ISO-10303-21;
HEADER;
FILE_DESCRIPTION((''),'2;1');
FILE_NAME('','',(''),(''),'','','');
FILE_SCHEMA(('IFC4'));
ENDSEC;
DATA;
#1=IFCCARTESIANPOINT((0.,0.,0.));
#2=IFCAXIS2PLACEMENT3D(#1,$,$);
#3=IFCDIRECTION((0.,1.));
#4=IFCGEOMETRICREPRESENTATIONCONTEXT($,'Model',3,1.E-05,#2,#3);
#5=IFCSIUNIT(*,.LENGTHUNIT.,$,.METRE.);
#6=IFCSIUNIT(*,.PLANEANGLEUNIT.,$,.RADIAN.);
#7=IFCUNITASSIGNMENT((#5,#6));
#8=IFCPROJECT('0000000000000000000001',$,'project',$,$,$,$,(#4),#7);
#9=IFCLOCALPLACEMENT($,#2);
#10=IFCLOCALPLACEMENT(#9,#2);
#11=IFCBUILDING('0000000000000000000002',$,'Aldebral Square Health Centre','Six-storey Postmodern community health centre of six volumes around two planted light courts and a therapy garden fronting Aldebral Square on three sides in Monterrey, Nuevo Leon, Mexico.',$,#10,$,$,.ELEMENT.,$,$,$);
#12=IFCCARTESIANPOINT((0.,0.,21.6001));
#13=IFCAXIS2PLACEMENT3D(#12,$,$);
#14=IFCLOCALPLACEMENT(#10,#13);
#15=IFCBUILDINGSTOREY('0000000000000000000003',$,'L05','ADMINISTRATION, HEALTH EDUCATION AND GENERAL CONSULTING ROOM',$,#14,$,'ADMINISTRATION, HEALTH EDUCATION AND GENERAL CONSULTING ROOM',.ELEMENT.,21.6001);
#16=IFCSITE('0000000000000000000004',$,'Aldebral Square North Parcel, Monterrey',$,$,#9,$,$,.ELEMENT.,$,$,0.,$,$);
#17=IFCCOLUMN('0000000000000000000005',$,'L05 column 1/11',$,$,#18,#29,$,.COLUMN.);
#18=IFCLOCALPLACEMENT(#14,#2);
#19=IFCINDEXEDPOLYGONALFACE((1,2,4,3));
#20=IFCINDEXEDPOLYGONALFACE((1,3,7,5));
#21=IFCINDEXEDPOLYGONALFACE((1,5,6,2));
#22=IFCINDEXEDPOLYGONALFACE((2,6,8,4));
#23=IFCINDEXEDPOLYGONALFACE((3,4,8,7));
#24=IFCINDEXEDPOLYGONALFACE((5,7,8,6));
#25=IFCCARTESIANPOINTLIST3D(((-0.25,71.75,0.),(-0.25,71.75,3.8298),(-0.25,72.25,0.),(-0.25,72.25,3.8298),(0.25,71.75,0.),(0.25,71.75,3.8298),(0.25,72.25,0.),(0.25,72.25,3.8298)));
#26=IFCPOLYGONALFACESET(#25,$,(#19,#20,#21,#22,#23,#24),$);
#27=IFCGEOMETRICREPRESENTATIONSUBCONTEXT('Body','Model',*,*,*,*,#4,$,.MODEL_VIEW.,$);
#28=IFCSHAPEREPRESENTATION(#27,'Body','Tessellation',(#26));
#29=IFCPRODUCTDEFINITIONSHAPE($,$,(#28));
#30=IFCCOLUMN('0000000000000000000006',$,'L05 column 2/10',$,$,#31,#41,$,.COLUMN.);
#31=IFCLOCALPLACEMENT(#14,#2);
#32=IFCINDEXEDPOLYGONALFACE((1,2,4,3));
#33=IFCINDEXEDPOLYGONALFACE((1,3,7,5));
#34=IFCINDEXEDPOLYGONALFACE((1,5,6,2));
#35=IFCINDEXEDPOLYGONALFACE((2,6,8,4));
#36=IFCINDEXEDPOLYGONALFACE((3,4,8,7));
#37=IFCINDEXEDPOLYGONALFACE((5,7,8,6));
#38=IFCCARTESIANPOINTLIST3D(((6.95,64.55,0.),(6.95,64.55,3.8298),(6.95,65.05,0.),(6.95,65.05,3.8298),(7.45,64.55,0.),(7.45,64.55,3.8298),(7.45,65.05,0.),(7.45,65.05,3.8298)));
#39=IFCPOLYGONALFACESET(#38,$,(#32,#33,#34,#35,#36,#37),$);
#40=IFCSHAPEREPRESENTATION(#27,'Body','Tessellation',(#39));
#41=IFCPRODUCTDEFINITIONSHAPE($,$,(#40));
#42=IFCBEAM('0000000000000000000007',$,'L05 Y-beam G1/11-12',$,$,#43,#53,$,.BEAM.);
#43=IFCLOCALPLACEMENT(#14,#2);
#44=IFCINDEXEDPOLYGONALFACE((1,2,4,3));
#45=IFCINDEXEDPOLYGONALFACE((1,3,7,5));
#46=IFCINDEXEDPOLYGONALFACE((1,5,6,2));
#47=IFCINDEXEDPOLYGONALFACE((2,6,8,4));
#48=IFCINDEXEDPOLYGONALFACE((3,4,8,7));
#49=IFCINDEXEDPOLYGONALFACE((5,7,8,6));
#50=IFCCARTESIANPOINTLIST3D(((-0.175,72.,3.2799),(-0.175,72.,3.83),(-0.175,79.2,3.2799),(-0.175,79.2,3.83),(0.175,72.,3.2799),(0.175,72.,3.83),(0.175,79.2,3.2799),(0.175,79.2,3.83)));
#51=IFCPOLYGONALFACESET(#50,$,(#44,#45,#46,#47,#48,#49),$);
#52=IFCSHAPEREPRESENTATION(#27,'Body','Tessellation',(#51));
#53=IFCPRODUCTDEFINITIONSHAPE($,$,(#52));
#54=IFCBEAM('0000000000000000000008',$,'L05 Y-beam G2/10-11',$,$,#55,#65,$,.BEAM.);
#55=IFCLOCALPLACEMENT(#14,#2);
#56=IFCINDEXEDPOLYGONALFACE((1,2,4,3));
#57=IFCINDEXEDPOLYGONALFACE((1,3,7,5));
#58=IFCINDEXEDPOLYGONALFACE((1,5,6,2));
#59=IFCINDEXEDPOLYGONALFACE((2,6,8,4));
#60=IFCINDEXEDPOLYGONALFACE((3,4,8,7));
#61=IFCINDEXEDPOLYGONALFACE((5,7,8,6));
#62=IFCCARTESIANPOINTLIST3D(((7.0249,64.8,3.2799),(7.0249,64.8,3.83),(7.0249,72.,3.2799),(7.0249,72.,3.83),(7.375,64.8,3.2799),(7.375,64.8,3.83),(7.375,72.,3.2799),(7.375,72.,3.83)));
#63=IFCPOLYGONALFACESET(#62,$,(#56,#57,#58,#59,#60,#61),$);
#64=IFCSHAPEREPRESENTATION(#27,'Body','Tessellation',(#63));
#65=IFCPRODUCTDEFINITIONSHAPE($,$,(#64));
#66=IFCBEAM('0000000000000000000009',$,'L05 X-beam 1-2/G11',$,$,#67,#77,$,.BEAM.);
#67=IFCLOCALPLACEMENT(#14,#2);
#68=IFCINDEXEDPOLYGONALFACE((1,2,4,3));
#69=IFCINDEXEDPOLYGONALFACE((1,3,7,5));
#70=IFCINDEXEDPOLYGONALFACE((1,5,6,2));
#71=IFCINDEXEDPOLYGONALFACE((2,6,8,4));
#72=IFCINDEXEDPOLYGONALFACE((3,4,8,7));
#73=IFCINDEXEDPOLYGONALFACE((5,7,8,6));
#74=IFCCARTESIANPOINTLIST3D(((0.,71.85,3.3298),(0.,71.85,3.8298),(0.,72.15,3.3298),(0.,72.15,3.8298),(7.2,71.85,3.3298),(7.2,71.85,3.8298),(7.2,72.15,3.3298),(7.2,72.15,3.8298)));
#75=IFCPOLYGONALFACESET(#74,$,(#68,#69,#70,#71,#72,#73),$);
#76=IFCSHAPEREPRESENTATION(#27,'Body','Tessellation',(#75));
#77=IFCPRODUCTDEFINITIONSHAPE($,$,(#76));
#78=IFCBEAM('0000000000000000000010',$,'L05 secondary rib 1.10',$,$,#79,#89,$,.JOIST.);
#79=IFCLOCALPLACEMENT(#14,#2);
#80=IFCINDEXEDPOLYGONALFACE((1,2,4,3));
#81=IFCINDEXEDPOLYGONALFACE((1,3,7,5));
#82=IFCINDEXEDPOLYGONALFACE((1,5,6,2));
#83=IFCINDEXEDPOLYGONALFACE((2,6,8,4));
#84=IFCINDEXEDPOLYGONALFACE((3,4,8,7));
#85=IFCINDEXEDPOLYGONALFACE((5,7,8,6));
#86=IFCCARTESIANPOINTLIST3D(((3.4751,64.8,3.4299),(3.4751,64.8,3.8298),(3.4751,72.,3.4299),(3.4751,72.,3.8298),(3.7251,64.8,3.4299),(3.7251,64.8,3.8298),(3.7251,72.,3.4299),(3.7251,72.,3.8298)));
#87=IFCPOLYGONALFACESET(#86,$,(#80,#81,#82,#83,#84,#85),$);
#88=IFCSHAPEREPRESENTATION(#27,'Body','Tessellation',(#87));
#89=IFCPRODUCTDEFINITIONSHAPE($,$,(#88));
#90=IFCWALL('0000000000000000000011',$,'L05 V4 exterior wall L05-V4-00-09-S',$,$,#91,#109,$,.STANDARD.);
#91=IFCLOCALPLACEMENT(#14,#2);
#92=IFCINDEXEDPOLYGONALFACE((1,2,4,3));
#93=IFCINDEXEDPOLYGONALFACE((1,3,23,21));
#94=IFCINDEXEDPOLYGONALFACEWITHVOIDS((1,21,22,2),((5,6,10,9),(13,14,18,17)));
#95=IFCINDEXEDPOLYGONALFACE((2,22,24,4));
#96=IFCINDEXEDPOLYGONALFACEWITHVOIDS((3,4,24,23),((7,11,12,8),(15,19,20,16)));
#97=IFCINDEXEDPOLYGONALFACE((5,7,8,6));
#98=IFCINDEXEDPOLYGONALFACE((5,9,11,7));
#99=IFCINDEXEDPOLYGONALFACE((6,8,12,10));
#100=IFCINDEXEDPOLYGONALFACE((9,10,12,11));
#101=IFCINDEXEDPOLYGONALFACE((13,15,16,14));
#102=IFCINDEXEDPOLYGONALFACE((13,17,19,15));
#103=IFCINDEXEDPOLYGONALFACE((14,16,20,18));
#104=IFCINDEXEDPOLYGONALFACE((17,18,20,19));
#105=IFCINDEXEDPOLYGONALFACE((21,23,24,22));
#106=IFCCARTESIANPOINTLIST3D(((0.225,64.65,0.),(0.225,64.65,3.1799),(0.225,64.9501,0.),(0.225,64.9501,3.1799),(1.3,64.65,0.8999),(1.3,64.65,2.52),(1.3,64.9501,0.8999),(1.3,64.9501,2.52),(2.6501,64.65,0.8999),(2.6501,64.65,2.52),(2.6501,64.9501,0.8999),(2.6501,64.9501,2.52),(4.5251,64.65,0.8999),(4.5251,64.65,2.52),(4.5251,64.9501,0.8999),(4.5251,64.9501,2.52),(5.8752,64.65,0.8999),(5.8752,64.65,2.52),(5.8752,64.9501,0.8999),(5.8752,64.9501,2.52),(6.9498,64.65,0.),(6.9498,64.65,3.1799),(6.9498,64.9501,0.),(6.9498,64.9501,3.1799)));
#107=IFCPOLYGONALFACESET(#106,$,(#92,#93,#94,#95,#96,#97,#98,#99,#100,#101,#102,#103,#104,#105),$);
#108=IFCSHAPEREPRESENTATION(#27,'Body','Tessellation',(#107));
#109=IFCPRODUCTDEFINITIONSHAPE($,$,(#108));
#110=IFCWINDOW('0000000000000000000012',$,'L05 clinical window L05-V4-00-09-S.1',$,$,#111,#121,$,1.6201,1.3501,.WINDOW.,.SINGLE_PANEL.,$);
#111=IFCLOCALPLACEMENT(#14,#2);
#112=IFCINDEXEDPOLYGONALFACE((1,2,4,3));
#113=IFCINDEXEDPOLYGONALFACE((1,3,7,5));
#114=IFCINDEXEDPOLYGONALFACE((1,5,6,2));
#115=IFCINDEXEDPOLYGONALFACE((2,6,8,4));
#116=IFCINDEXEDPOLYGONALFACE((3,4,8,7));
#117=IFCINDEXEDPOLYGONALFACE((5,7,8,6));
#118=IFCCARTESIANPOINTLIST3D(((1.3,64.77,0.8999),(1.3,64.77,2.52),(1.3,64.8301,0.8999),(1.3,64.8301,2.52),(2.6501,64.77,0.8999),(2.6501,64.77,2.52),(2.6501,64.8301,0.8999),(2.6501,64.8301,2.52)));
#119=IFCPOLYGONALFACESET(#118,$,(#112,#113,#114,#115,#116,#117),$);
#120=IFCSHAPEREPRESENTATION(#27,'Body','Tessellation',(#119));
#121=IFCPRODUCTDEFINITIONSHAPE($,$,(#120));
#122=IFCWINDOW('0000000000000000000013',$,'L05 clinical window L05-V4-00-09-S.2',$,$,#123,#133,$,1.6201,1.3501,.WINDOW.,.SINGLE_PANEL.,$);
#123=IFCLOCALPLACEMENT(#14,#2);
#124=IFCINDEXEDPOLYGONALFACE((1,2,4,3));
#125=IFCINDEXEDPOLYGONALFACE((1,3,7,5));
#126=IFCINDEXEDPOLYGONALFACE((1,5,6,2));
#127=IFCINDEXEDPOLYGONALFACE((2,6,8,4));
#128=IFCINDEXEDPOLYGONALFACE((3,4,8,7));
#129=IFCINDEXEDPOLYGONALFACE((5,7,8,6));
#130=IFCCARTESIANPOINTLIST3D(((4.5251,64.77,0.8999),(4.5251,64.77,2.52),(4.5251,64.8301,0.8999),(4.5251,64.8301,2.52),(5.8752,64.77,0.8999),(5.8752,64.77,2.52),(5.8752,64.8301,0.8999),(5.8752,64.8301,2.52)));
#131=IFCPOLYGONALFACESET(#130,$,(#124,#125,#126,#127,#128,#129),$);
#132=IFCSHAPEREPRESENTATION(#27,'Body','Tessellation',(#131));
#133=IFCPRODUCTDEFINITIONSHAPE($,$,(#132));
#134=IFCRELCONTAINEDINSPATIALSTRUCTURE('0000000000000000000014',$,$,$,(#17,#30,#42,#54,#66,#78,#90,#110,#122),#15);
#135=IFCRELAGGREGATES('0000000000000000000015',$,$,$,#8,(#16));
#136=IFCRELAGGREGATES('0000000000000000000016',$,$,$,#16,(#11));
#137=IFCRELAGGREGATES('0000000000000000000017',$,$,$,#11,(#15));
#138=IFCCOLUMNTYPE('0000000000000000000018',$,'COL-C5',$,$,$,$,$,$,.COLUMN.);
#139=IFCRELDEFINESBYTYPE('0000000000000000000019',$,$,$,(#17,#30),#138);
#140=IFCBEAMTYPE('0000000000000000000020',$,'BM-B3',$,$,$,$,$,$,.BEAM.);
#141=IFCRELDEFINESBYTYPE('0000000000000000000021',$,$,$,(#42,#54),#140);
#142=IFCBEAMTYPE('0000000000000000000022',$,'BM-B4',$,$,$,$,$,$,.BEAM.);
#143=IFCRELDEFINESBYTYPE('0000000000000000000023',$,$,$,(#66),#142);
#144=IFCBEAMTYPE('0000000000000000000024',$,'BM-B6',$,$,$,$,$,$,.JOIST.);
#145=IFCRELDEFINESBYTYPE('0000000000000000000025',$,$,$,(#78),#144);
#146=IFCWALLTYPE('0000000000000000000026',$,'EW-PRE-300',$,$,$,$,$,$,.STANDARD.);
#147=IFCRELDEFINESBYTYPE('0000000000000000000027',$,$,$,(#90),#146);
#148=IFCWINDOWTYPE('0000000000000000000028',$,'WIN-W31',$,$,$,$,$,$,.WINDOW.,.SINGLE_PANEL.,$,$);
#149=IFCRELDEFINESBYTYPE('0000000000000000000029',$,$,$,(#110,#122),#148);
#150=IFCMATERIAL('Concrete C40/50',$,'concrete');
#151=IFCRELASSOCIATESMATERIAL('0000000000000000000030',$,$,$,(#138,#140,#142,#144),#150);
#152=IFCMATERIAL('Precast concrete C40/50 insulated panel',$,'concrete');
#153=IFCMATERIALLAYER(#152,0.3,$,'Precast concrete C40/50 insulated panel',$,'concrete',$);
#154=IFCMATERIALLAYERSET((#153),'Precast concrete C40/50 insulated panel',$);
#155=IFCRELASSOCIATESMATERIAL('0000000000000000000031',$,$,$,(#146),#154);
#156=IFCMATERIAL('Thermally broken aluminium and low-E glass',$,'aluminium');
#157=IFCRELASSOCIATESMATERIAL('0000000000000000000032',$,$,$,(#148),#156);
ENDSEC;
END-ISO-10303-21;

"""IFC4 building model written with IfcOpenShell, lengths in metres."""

from ifc_helpers import new_model, si_unit, direction, frame, frame_2d, origin, origin_2d, place, context, subcontext, project, spatial, rectangle, extrude, material, layer, layer_set, material_profile, profile_set, type_object, element, fill, save


model = new_model("IFC4")

# Units and contexts
model_context = context("Model", 3, precision=1e-05, world=origin(), true_north=direction((0.0, 1.0)))
body_context = subcontext(model_context, "Body", "Model", "MODEL_VIEW")
ifc_project = project(units=[si_unit("LENGTHUNIT", "METRE"), si_unit("PLANEANGLEUNIT", "RADIAN")], contexts=[model_context])

# Site, building, storey
site_placement = place(None, origin())
site = spatial("IfcSite", under=ifc_project, at=site_placement, Name="Aldebral Square North Parcel, Monterrey", CompositionType="ELEMENT", RefElevation=0.0)
building_placement = place(site_placement, origin())
building = spatial("IfcBuilding", under=site, at=building_placement, Name="Aldebral Square Health Centre", Description="Six-storey Postmodern community health centre of six volumes around two planted light courts and a therapy garden fronting Aldebral Square on three sides in Monterrey, Nuevo Leon, Mexico.", CompositionType="ELEMENT")
storey_placement = place(building_placement, frame((0.0, 0.0, 21.6001)))
storey = spatial("IfcBuildingStorey", under=building, at=storey_placement, Name="L05", Description="ADMINISTRATION, HEALTH EDUCATION AND GENERAL CONSULTING ROOM", LongName="ADMINISTRATION, HEALTH EDUCATION AND GENERAL CONSULTING ROOM", CompositionType="ELEMENT", Elevation=21.6001)

# Columns
ifc_material_1 = material(Name="Concrete C40/50", Category="concrete")
ifc_material_profile_1 = material_profile(ifc_material_1, rectangle(XDim=0.5, YDim=0.5, at=origin_2d()), Name="RC 500x500")
ifc_profile_set_1 = profile_set([ifc_material_profile_1], Name="Concrete C40/50")
column_type = type_object("IfcColumnType", Name="COL-C5", PredefinedType="COLUMN", material=ifc_profile_set_1)
for number, where, z_axis, x_axis, name in (
    (1, (0.0, 72.0, 0.0), (0.0, 0.0, 1.0), (1.0, 0.0, 0.0), "L05 column 1/11"),
    (2, (7.2, 64.8, 0.0), (0.0, 0.0, 1.0), (1.0, 0.0, 0.0), "L05 column 2/10"),
):
    element("IfcColumn", number, at=place(storey_placement, frame(where, z_axis=z_axis, x_axis=x_axis)), inside=storey, type_object=column_type, Name=name, PredefinedType="COLUMN", context=body_context, shape_type="SweptSolid", body=[
        extrude(rectangle(XDim=0.5, YDim=0.5, at=origin_2d()), origin(), (0.0, 0.0, 1.0), 3.8298),
    ])

# Beams
ifc_material_profile_2 = material_profile(ifc_material_1, rectangle(XDim=0.3501, YDim=0.55, at=origin_2d()), Name="RC 350x550")
ifc_profile_set_2 = profile_set([ifc_material_profile_2], Name="Concrete C40/50")
beam_type_1 = type_object("IfcBeamType", Name="BM-B3", PredefinedType="BEAM", material=ifc_profile_set_2)
for number, where, z_axis, x_axis, name in (
    (3, (0.0, 72.0, 3.5549), (0.0, 1.0, 0.0), (-1.0, 0.0, 0.0), "L05 Y-beam G1/11-12"),
    (4, (7.2, 64.8, 3.5549), (0.0, 1.0, 0.0), (-1.0, 0.0, 0.0), "L05 Y-beam G2/10-11"),
):
    element("IfcBeam", number, at=place(storey_placement, frame(where, z_axis=z_axis, x_axis=x_axis)), inside=storey, type_object=beam_type_1, Name=name, PredefinedType="BEAM", context=body_context, shape_type="SweptSolid", body=[
        extrude(rectangle(XDim=0.3501, YDim=0.55, at=origin_2d()), origin(), (0.0, 0.0, 1.0), 7.2),
    ])
ifc_material_profile_3 = material_profile(ifc_material_1, rectangle(XDim=0.3, YDim=0.5, at=origin_2d()), Name="RC 300x500")
ifc_profile_set_3 = profile_set([ifc_material_profile_3], Name="Concrete C40/50")
beam_type_2 = type_object("IfcBeamType", Name="BM-B4", PredefinedType="BEAM", material=ifc_profile_set_3)
beam_1_placement = place(storey_placement, frame((0.0, 72.0, 3.5798), z_axis=(1.0, 0.0, 0.0), x_axis=(0.0, 1.0, 0.0)))
element("IfcBeam", 5, at=beam_1_placement, inside=storey, type_object=beam_type_2, Name="L05 X-beam 1-2/G11", PredefinedType="BEAM", context=body_context, shape_type="SweptSolid", body=[
    extrude(rectangle(XDim=0.3, YDim=0.5, at=origin_2d()), origin(), (0.0, 0.0, 1.0), 7.2),
])
ifc_material_profile_4 = material_profile(ifc_material_1, rectangle(XDim=0.25, YDim=0.3999, at=origin_2d()), Name="RC 250x400")
ifc_profile_set_4 = profile_set([ifc_material_profile_4], Name="Concrete C40/50")
beam_type_3 = type_object("IfcBeamType", Name="BM-B6", PredefinedType="JOIST", material=ifc_profile_set_4)
beam_2_placement = place(storey_placement, frame((3.6001, 64.8, 3.6299), z_axis=(0.0, 1.0, 0.0), x_axis=(-1.0, 0.0, 0.0)))
element("IfcBeam", 6, at=beam_2_placement, inside=storey, type_object=beam_type_3, Name="L05 secondary rib 1.10", PredefinedType="JOIST", context=body_context, shape_type="SweptSolid", body=[
    extrude(rectangle(XDim=0.25, YDim=0.3999, at=origin_2d()), origin(), (0.0, 0.0, 1.0), 7.2),
])

# Wall, openings, windows
ifc_material_2 = material(Name="Precast concrete C40/50 insulated panel", Category="concrete")
ifc_layer_1 = layer(ifc_material_2, 0.3, Name="Precast concrete C40/50 insulated panel", Category="concrete")
ifc_layer_set_1 = layer_set([ifc_layer_1], Name="Precast concrete C40/50 insulated panel")
wall_type_1 = type_object("IfcWallType", Name="EW-PRE-300", PredefinedType="STANDARD", material=ifc_layer_set_1)
wall_1_placement = place(storey_placement, frame((0.2251, 64.8, 0.0), z_axis=(0.0, 0.0, 1.0), x_axis=(1.0, 0.0, 0.0)))
wall_1 = element("IfcWall", 7, at=wall_1_placement, inside=storey, type_object=wall_type_1, Name="L05 V4 exterior wall L05-V4-00-09-S", PredefinedType="STANDARD", context=body_context, shape_type="SweptSolid", body=[
    extrude(rectangle(XDim=6.7249, YDim=0.3, at=frame_2d((3.3623, 0.0))), origin(), (0.0, 0.0, 1.0), 3.1799),
])
opening_1_placement = place(wall_1_placement, frame((1.075, 0.0, 0.8999)))
opening_1 = element("IfcOpeningElement", 8, at=opening_1_placement, cuts=wall_1, PredefinedType="OPENING", context=body_context, shape_type="SweptSolid", body=[
    extrude(rectangle(XDim=1.3501, YDim=1.6201, at=frame_2d((0.675, 0.8101))), frame((0.0, 0.1602, 0.0), z_axis=(0.0, -1.0, 0.0), x_axis=(1.0, 0.0, 0.0)), (0.0, 0.0, 1.0), 0.3201),
])
opening_2_placement = place(wall_1_placement, frame((4.3, 0.0, 0.8999)))
opening_2 = element("IfcOpeningElement", 9, at=opening_2_placement, cuts=wall_1, PredefinedType="OPENING", context=body_context, shape_type="SweptSolid", body=[
    extrude(rectangle(XDim=1.3501, YDim=1.6201, at=frame_2d((0.675, 0.8101))), frame((0.0, 0.1602, 0.0), z_axis=(0.0, -1.0, 0.0), x_axis=(1.0, 0.0, 0.0)), (0.0, 0.0, 1.0), 0.3201),
])
ifc_material_3 = material(Name="Thermally broken aluminium and low-E glass", Category="aluminium")
window_type_1 = type_object("IfcWindowType", Name="WIN-W31", PartitioningType="SINGLE_PANEL", PredefinedType="WINDOW", material=ifc_material_3)
window_1_placement = place(opening_1_placement, origin())
window_1 = element("IfcWindow", 10, at=window_1_placement, inside=storey, type_object=window_type_1, Name="L05 clinical window L05-V4-00-09-S.1", OverallHeight=1.6201, OverallWidth=1.3501, PartitioningType="SINGLE_PANEL", PredefinedType="WINDOW", context=body_context, shape_type="SweptSolid", body=[
    extrude(rectangle(XDim=1.3501, YDim=1.6201, at=frame_2d((0.675, 0.8101))), frame((0.0, 0.03, 0.0), z_axis=(0.0, -1.0, 0.0), x_axis=(1.0, 0.0, 0.0)), (0.0, 0.0, 1.0), 0.0601),
])
fill(opening_1, window_1)
window_2_placement = place(opening_2_placement, origin())
window_2 = element("IfcWindow", 11, at=window_2_placement, inside=storey, type_object=window_type_1, Name="L05 clinical window L05-V4-00-09-S.2", OverallHeight=1.6201, OverallWidth=1.3501, PartitioningType="SINGLE_PANEL", PredefinedType="WINDOW", context=body_context, shape_type="SweptSolid", body=[
    extrude(rectangle(XDim=1.3501, YDim=1.6201, at=frame_2d((0.675, 0.8101))), frame((0.0, 0.03, 0.0), z_axis=(0.0, -1.0, 0.0), x_axis=(1.0, 0.0, 0.0)), (0.0, 0.0, 1.0), 0.0601),
])
fill(opening_2, window_2)

save(model, "model.ifc")
